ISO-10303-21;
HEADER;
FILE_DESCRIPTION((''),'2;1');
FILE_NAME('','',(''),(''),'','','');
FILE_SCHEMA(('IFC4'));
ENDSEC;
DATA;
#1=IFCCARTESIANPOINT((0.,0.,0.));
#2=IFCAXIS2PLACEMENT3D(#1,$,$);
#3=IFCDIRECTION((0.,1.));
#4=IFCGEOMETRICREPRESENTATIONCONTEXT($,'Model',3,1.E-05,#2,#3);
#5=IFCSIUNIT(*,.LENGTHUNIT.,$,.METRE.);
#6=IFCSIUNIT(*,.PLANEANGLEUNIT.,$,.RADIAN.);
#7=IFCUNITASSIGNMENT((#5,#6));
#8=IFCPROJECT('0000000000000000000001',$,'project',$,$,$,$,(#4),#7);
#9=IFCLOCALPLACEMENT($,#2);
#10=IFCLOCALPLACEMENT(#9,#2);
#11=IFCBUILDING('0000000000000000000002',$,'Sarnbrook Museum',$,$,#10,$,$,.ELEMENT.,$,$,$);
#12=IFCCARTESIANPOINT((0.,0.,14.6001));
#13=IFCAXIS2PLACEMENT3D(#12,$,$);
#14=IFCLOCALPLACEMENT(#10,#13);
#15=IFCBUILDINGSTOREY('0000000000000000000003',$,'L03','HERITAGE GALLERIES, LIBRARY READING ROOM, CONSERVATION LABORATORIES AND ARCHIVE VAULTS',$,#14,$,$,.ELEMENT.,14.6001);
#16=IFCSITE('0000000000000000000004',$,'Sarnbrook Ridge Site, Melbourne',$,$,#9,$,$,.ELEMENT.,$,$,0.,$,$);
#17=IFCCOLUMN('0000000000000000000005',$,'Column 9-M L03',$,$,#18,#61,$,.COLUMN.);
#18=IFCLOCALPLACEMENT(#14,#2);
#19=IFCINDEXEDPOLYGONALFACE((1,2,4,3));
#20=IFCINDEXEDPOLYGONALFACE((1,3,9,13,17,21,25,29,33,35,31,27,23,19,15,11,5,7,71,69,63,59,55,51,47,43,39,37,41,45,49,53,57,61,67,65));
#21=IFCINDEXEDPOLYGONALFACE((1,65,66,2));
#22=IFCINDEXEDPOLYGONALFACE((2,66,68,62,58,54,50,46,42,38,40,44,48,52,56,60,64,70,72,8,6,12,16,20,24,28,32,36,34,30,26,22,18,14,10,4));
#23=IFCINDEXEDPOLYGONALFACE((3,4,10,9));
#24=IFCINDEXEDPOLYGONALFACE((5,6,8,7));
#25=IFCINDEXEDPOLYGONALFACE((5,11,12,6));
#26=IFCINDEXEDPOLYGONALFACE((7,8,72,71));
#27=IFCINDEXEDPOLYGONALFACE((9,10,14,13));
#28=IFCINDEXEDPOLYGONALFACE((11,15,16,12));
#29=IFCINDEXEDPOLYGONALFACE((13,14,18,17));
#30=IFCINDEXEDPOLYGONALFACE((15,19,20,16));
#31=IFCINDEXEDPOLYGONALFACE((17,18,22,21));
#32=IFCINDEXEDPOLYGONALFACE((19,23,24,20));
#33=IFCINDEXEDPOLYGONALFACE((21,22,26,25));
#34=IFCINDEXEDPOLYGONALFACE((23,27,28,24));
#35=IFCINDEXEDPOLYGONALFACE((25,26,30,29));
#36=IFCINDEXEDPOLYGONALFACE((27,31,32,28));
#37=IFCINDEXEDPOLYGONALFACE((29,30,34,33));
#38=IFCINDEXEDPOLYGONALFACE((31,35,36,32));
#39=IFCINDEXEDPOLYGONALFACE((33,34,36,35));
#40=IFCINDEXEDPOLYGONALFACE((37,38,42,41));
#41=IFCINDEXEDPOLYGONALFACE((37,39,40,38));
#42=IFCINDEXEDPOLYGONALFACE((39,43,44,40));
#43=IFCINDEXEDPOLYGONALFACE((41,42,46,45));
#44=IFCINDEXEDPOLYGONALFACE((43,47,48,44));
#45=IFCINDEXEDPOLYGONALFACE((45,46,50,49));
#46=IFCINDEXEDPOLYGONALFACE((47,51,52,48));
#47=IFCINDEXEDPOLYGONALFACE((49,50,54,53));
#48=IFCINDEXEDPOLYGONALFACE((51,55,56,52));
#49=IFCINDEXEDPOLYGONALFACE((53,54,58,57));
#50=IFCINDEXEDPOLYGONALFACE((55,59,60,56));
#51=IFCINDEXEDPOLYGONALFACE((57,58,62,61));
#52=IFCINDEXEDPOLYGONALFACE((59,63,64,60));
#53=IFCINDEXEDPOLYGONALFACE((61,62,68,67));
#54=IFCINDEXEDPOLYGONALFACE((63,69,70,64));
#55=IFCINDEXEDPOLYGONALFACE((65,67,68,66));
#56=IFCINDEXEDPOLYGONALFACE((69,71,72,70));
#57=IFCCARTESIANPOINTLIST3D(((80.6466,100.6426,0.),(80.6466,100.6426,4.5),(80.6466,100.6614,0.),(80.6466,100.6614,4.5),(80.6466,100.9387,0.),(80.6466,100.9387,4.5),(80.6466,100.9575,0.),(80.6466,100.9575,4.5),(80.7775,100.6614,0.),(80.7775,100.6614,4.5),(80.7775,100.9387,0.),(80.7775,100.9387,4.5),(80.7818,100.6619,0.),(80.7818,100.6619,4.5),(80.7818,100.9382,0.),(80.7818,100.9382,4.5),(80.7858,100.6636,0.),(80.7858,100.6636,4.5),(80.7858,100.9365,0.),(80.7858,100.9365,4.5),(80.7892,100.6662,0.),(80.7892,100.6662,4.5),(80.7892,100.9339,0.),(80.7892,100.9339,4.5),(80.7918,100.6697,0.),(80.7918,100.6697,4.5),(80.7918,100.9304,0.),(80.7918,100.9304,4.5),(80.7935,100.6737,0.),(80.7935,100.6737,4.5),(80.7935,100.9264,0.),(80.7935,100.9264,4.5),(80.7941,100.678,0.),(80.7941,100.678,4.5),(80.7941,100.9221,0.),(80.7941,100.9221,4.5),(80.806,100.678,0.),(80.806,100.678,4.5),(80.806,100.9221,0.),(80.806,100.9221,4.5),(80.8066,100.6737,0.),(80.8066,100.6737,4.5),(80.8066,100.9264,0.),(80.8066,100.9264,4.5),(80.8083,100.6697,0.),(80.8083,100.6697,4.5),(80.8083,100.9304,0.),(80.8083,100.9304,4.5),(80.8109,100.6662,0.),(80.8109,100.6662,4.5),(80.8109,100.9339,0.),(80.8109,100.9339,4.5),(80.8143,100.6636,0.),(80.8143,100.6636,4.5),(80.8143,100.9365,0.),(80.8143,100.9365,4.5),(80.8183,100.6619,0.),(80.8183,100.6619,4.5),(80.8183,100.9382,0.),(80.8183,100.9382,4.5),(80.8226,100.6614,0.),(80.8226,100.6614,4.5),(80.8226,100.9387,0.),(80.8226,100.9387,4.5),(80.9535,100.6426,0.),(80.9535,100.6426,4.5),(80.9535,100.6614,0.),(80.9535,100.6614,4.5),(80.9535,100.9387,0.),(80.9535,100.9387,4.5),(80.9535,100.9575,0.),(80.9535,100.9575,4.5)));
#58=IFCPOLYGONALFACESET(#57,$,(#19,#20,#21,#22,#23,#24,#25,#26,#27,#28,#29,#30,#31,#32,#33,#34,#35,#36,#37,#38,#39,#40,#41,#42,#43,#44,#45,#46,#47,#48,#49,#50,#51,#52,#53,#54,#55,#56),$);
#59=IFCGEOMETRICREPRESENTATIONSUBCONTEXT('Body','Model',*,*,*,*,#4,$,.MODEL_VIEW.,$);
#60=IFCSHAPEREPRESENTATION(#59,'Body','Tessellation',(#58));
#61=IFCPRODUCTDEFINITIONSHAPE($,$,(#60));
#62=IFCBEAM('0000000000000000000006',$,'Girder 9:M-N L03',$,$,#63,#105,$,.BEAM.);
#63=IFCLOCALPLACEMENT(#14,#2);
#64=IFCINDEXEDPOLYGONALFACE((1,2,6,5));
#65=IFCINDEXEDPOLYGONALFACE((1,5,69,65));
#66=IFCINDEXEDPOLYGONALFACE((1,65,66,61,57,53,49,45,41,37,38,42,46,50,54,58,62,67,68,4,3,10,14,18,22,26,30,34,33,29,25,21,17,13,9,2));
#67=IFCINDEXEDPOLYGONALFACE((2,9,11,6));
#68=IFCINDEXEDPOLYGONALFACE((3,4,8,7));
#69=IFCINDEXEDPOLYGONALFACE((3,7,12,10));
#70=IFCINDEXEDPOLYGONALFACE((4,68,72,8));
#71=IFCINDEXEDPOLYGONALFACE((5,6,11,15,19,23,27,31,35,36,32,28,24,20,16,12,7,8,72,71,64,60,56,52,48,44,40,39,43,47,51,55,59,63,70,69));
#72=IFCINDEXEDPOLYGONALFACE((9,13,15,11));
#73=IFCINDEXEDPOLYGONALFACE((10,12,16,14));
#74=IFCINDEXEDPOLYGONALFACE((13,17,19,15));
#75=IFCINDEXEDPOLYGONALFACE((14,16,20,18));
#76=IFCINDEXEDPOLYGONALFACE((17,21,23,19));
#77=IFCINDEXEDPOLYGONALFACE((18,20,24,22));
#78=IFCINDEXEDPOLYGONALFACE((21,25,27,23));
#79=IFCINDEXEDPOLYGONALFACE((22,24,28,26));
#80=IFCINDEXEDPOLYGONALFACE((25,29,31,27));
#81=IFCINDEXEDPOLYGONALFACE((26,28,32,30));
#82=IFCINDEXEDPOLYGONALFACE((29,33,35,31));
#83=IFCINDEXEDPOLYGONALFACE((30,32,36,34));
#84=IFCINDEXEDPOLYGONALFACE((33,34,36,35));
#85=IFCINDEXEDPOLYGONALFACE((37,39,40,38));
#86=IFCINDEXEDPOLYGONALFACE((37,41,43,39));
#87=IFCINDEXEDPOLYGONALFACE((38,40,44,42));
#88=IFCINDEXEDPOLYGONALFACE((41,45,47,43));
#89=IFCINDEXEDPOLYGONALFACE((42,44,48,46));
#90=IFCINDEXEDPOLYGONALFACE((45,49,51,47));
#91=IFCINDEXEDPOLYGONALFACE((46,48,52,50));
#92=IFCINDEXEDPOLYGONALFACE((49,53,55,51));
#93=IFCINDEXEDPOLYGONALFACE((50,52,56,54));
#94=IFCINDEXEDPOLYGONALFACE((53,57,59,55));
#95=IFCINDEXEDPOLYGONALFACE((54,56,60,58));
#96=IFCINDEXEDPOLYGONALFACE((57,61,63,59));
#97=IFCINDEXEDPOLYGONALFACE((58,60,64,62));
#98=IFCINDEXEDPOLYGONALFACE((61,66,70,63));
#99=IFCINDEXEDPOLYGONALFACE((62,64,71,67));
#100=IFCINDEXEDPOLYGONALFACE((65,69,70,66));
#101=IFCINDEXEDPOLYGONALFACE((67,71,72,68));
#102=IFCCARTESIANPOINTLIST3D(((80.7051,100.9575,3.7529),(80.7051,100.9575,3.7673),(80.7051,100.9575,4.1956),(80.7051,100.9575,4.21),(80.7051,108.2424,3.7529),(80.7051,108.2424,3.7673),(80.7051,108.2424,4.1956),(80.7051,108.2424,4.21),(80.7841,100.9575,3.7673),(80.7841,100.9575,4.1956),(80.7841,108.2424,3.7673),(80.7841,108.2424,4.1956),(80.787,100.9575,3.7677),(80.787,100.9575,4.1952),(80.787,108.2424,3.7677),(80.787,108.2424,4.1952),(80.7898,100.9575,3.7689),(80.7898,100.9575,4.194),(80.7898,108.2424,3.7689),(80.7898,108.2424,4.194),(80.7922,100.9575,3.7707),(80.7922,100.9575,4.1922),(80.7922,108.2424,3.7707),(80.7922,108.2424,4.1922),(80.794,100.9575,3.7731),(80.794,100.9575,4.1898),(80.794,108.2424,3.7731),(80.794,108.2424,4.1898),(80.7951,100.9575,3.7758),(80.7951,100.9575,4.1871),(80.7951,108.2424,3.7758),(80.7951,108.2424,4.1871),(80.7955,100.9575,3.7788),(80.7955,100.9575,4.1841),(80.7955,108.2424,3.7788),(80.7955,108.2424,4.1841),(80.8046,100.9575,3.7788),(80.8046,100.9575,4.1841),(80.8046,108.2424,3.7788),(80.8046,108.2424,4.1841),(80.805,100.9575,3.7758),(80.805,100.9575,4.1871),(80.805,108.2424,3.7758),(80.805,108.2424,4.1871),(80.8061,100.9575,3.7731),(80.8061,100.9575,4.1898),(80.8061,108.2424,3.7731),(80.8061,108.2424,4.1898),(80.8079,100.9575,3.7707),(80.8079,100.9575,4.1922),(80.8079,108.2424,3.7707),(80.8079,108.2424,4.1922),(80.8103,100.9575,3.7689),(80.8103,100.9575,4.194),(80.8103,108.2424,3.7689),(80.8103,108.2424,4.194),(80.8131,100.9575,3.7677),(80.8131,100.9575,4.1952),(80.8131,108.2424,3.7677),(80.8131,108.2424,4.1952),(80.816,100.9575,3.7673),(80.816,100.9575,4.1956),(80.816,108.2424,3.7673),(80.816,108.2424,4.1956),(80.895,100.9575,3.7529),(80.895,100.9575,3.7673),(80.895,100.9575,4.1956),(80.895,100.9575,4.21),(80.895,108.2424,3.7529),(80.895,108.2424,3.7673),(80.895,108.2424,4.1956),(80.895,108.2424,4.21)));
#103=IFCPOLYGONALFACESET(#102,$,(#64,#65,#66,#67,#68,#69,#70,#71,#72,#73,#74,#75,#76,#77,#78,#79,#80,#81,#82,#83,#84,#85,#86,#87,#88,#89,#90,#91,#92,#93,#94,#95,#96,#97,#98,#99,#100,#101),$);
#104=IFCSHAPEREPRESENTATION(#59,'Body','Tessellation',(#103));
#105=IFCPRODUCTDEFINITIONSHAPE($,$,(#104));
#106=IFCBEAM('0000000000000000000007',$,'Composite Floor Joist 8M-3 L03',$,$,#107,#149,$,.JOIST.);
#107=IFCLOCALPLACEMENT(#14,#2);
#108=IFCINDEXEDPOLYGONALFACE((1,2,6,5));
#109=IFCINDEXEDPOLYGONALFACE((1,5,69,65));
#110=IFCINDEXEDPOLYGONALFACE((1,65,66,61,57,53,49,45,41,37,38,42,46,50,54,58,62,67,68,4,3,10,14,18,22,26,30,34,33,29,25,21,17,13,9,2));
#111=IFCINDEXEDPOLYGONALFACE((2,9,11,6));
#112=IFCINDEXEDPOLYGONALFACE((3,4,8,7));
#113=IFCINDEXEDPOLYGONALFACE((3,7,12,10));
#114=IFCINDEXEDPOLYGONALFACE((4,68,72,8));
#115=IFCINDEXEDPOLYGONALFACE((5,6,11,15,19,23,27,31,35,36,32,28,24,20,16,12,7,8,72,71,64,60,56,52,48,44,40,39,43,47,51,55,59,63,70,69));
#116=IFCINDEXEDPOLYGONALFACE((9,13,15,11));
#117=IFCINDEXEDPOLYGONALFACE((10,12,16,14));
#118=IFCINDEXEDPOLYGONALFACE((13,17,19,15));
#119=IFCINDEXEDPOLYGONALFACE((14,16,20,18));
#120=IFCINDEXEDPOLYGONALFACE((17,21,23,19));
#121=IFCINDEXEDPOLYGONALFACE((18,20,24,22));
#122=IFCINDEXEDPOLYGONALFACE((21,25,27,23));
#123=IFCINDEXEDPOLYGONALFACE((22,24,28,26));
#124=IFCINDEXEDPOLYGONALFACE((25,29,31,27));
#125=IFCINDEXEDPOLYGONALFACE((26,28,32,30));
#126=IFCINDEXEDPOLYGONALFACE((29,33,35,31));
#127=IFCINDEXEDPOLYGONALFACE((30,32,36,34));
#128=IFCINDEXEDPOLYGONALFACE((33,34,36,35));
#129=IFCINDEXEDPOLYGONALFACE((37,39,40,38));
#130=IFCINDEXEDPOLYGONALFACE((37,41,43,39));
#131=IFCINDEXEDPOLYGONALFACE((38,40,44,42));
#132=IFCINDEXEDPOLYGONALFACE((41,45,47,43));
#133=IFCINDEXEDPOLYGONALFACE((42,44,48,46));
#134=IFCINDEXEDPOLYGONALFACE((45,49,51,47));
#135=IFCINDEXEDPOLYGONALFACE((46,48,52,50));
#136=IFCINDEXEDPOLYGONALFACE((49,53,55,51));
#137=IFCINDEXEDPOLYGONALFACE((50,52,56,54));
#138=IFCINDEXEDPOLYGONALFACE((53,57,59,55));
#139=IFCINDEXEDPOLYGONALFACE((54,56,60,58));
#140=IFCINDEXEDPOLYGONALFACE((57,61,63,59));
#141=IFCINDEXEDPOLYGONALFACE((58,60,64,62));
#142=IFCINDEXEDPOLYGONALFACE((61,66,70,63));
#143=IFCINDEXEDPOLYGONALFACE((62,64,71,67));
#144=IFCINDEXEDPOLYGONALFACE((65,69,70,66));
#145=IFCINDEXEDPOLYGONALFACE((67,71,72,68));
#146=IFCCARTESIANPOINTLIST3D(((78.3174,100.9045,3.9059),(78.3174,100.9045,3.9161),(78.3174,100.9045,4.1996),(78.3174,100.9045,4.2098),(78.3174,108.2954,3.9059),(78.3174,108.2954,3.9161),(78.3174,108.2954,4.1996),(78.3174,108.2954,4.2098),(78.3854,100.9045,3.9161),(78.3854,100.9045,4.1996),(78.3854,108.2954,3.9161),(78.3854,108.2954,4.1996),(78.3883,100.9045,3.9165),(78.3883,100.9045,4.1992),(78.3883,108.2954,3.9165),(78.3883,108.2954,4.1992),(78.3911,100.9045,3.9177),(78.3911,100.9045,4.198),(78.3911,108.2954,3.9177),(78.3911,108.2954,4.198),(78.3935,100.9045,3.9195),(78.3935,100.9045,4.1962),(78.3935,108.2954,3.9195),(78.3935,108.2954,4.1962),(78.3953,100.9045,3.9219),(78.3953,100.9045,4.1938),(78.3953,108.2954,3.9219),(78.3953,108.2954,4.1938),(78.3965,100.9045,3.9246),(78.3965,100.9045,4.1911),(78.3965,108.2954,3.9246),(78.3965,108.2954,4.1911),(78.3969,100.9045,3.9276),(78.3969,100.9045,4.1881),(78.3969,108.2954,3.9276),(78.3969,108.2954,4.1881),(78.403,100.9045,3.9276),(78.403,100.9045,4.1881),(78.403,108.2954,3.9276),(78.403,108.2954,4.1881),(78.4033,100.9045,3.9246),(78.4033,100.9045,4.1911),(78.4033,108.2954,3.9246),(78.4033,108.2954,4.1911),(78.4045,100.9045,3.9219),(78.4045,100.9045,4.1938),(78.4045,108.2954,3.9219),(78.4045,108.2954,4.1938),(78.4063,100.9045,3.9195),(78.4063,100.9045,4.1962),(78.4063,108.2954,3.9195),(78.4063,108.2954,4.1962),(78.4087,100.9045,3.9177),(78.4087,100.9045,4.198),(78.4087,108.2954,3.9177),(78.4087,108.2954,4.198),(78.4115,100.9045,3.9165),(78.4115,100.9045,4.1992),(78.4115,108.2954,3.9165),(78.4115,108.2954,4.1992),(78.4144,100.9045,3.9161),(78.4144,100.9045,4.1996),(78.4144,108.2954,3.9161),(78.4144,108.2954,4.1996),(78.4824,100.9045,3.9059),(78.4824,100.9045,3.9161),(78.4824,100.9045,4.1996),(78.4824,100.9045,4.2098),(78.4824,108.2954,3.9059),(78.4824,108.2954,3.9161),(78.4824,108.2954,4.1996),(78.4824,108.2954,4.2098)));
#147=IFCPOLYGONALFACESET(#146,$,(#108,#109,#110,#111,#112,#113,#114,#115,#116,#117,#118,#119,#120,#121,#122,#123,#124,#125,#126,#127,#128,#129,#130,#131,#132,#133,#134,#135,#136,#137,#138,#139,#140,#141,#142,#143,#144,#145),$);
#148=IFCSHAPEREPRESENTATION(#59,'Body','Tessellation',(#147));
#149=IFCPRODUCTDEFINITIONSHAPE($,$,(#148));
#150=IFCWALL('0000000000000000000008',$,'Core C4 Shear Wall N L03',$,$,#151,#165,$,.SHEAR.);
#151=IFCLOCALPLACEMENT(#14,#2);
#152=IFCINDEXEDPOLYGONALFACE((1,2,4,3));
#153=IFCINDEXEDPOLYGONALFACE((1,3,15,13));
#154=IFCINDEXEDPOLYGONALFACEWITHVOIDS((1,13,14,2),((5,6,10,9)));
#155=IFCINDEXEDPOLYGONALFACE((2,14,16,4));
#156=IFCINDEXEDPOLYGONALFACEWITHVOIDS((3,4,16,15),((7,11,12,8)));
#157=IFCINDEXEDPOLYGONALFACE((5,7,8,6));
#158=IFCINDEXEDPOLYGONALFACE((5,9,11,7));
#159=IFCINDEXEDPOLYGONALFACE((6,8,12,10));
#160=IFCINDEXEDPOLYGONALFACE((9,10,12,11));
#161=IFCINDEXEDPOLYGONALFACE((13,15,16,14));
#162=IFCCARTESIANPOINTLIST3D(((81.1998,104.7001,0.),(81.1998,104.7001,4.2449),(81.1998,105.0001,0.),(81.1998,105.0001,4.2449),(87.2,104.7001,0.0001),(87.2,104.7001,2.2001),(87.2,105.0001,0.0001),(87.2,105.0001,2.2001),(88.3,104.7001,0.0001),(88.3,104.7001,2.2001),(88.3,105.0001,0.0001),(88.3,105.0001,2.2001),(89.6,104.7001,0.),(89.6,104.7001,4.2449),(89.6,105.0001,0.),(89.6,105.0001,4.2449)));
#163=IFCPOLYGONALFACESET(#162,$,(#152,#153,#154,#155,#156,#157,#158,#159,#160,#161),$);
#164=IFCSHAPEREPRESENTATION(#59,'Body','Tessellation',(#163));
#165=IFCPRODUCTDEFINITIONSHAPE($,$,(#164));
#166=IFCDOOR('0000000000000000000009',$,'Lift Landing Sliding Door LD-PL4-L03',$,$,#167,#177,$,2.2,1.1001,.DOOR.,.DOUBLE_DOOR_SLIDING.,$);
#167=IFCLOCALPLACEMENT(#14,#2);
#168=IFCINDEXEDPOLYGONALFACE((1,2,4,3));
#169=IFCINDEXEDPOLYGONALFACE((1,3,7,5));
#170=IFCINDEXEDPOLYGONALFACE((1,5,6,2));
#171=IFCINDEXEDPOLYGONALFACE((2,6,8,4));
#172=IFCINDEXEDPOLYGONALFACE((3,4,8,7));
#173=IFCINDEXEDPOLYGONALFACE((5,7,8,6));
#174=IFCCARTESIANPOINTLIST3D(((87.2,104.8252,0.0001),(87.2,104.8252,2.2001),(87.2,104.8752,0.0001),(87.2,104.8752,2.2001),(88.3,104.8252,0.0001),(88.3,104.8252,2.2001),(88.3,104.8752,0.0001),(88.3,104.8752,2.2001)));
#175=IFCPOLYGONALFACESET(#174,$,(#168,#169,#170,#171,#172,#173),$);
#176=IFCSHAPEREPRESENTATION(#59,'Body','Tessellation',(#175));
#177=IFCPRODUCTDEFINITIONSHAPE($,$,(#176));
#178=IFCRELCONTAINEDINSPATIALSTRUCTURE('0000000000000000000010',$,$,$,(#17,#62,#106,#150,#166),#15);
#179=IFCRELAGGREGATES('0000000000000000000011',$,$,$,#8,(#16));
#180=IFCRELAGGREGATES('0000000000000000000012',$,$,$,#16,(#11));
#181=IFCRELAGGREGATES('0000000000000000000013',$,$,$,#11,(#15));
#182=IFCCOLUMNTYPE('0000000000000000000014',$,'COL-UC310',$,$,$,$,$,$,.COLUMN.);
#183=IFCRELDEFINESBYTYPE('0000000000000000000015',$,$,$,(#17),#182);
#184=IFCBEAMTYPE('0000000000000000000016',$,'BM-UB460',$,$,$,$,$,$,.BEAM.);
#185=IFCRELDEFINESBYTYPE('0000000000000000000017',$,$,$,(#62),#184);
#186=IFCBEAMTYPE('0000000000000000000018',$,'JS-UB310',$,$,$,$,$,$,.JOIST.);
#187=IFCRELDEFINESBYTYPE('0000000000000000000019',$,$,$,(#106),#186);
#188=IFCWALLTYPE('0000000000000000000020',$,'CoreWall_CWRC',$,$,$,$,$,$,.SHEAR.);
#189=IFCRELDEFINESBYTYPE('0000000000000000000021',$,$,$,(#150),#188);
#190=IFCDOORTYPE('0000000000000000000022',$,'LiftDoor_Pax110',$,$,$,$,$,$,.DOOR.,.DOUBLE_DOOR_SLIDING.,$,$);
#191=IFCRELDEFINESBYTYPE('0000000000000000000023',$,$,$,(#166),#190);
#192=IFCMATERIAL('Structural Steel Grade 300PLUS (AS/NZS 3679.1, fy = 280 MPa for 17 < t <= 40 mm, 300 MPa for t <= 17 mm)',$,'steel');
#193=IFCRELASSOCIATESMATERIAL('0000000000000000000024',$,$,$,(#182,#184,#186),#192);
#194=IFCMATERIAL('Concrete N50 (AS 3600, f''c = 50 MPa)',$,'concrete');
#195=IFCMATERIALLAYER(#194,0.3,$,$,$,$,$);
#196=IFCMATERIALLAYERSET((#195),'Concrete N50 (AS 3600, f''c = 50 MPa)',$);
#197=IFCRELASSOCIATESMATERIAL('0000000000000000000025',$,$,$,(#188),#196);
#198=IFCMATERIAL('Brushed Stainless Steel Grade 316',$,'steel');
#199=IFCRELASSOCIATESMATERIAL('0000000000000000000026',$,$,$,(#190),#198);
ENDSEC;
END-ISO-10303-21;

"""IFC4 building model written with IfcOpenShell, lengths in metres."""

from ifc_helpers import new_model, si_unit, direction, frame, frame_2d, origin, origin_2d, place, context, subcontext, project, spatial, rectangle, i_section, extrude, material, layer, layer_set, material_profile, profile_set, type_object, element, fill, save


model = new_model("IFC4")

# Units and contexts
model_context = context("Model", 3, precision=1e-05, world=origin(), true_north=direction((0.0, 1.0)))
body_context = subcontext(model_context, "Body", "Model", "MODEL_VIEW")
ifc_project = project(units=[si_unit("LENGTHUNIT", "METRE"), si_unit("PLANEANGLEUNIT", "RADIAN")], contexts=[model_context])

# Site, building, storey
site_placement = place(None, origin())
site = spatial("IfcSite", under=ifc_project, at=site_placement, Name="Sarnbrook Ridge Site, Melbourne", CompositionType="ELEMENT", RefElevation=0.0)
building_placement = place(site_placement, origin())
building = spatial("IfcBuilding", under=site, at=building_placement, Name="Sarnbrook Museum", CompositionType="ELEMENT")
storey_placement = place(building_placement, frame((0.0, 0.0, 14.6001)))
storey = spatial("IfcBuildingStorey", under=building, at=storey_placement, Name="L03", Description="HERITAGE GALLERIES, LIBRARY READING ROOM, CONSERVATION LABORATORIES AND ARCHIVE VAULTS", CompositionType="ELEMENT", Elevation=14.6001)

# Column
ifc_material_1 = material(Name="Structural Steel Grade 300PLUS (AS/NZS 3679.1, fy = 280 MPa for 17 < t <= 40 mm, 300 MPa for t <= 17 mm)", Category="steel")
ifc_material_profile_1 = material_profile(ifc_material_1, i_section(OverallWidth=0.3069, OverallDepth=0.3149, WebThickness=0.012, FlangeThickness=0.0188, FilletRadius=0.0166, at=origin_2d()), Name="310UC118")
ifc_profile_set_1 = profile_set([ifc_material_profile_1], Name="Structural Steel Grade 300PLUS (AS/NZS 3679.1, fy = 280 MPa for 17 < t <= 40 mm, 300 MPa for t <= 17 mm)")
column_type = type_object("IfcColumnType", Name="COL-UC310", PredefinedType="COLUMN", material=ifc_profile_set_1)
column_placement = place(storey_placement, frame((80.8, 100.8, 0.0), z_axis=(0.0, 0.0, 1.0), x_axis=(1.0, 0.0, 0.0)))
element("IfcColumn", 1, at=column_placement, inside=storey, type_object=column_type, Name="Column 9-M L03", PredefinedType="COLUMN", context=body_context, shape_type="SweptSolid", body=[
    extrude(i_section(OverallWidth=0.3069, OverallDepth=0.3149, WebThickness=0.012, FlangeThickness=0.0188, FilletRadius=0.0166, at=origin_2d()), origin(), (0.0, 0.0, 1.0), 4.5),
])

# Beams
ifc_material_profile_2 = material_profile(ifc_material_1, i_section(OverallWidth=0.1899, OverallDepth=0.457, WebThickness=0.009, FlangeThickness=0.0144, FilletRadius=0.0115, at=origin_2d()), Name="460UB74.6")
ifc_profile_set_2 = profile_set([ifc_material_profile_2], Name="Structural Steel Grade 300PLUS (AS/NZS 3679.1, fy = 280 MPa for 17 < t <= 40 mm, 300 MPa for t <= 17 mm)")
beam_type_1 = type_object("IfcBeamType", Name="BM-UB460", PredefinedType="BEAM", material=ifc_profile_set_2)
beam_1_placement = place(storey_placement, frame((80.8, 100.9575, 3.9814), z_axis=(0.0, 1.0, 0.0), x_axis=(-1.0, 0.0, 0.0)))
element("IfcBeam", 2, at=beam_1_placement, inside=storey, type_object=beam_type_1, Name="Girder 9:M-N L03", PredefinedType="BEAM", context=body_context, shape_type="SweptSolid", body=[
    extrude(i_section(OverallWidth=0.1899, OverallDepth=0.457, WebThickness=0.009, FlangeThickness=0.0144, FilletRadius=0.0115, at=origin_2d()), origin(), (0.0, 0.0, 1.0), 7.2849),
])
ifc_material_profile_3 = material_profile(ifc_material_1, i_section(OverallWidth=0.165, OverallDepth=0.304, WebThickness=0.0061, FlangeThickness=0.0103, FilletRadius=0.0115, at=origin_2d()), Name="310UB40.4")
ifc_profile_set_3 = profile_set([ifc_material_profile_3], Name="Structural Steel Grade 300PLUS (AS/NZS 3679.1, fy = 280 MPa for 17 < t <= 40 mm, 300 MPa for t <= 17 mm)")
beam_type_2 = type_object("IfcBeamType", Name="JS-UB310", PredefinedType="JOIST", material=ifc_profile_set_3)
beam_2_placement = place(storey_placement, frame((78.3999, 100.9045, 4.0579), z_axis=(0.0, 1.0, 0.0), x_axis=(-1.0, 0.0, 0.0)))
element("IfcBeam", 3, at=beam_2_placement, inside=storey, type_object=beam_type_2, Name="Composite Floor Joist 8M-3 L03", PredefinedType="JOIST", context=body_context, shape_type="SweptSolid", body=[
    extrude(i_section(OverallWidth=0.165, OverallDepth=0.304, WebThickness=0.0061, FlangeThickness=0.0103, FilletRadius=0.0115, at=origin_2d()), origin(), (0.0, 0.0, 1.0), 7.3909),
])

# Wall, opening, door
ifc_material_2 = material(Name="Concrete N50 (AS 3600, f'c = 50 MPa)", Category="concrete")
ifc_layer_1 = layer(ifc_material_2, 0.3)
ifc_layer_set_1 = layer_set([ifc_layer_1], Name="Concrete N50 (AS 3600, f'c = 50 MPa)")
wall_type_1 = type_object("IfcWallType", Name="CoreWall_CWRC", PredefinedType="SHEAR", material=ifc_layer_set_1)
wall_1_placement = place(storey_placement, frame((89.6001, 104.8501, 0.0), z_axis=(0.0, 0.0, 1.0), x_axis=(-1.0, 0.0, 0.0)))
wall_1 = element("IfcWall", 4, at=wall_1_placement, inside=storey, type_object=wall_type_1, Name="Core C4 Shear Wall N L03", PredefinedType="SHEAR", context=body_context, shape_type="SweptSolid", body=[
    extrude(rectangle(XDim=8.4001, YDim=0.3, at=frame_2d((4.2002, 0.0))), origin(), (0.0, 0.0, 1.0), 4.2449),
])
opening_placement = place(wall_1_placement, frame((1.3, 0.0, 0.0)))
opening = element("IfcOpeningElement", 5, at=opening_placement, cuts=wall_1, PredefinedType="OPENING", context=body_context, shape_type="SweptSolid", body=[
    extrude(rectangle(XDim=1.1001, YDim=2.2, at=frame_2d((0.55, 1.1001))), frame((0.0, 0.1602, 0.0), z_axis=(0.0, -1.0, 0.0), x_axis=(1.0, 0.0, 0.0)), (0.0, 0.0, 1.0), 0.3201),
])
ifc_material_3 = material(Name="Brushed Stainless Steel Grade 316", Category="steel")
door_type = type_object("IfcDoorType", Name="LiftDoor_Pax110", OperationType="DOUBLE_DOOR_SLIDING", PredefinedType="DOOR", material=ifc_material_3)
door_placement = place(opening_placement, origin())
door = element("IfcDoor", 6, at=door_placement, inside=storey, type_object=door_type, Name="Lift Landing Sliding Door LD-PL4-L03", OperationType="DOUBLE_DOOR_SLIDING", OverallHeight=2.2, OverallWidth=1.1001, PredefinedType="DOOR", context=body_context, shape_type="SweptSolid", body=[
    extrude(rectangle(XDim=1.1001, YDim=2.2, at=frame_2d((0.55, 1.1001))), frame((0.0, 0.0249, 0.0), z_axis=(0.0, -1.0, 0.0), x_axis=(1.0, 0.0, 0.0)), (0.0, 0.0, 1.0), 0.05),
])
fill(opening, door)

save(model, "model.ifc")
